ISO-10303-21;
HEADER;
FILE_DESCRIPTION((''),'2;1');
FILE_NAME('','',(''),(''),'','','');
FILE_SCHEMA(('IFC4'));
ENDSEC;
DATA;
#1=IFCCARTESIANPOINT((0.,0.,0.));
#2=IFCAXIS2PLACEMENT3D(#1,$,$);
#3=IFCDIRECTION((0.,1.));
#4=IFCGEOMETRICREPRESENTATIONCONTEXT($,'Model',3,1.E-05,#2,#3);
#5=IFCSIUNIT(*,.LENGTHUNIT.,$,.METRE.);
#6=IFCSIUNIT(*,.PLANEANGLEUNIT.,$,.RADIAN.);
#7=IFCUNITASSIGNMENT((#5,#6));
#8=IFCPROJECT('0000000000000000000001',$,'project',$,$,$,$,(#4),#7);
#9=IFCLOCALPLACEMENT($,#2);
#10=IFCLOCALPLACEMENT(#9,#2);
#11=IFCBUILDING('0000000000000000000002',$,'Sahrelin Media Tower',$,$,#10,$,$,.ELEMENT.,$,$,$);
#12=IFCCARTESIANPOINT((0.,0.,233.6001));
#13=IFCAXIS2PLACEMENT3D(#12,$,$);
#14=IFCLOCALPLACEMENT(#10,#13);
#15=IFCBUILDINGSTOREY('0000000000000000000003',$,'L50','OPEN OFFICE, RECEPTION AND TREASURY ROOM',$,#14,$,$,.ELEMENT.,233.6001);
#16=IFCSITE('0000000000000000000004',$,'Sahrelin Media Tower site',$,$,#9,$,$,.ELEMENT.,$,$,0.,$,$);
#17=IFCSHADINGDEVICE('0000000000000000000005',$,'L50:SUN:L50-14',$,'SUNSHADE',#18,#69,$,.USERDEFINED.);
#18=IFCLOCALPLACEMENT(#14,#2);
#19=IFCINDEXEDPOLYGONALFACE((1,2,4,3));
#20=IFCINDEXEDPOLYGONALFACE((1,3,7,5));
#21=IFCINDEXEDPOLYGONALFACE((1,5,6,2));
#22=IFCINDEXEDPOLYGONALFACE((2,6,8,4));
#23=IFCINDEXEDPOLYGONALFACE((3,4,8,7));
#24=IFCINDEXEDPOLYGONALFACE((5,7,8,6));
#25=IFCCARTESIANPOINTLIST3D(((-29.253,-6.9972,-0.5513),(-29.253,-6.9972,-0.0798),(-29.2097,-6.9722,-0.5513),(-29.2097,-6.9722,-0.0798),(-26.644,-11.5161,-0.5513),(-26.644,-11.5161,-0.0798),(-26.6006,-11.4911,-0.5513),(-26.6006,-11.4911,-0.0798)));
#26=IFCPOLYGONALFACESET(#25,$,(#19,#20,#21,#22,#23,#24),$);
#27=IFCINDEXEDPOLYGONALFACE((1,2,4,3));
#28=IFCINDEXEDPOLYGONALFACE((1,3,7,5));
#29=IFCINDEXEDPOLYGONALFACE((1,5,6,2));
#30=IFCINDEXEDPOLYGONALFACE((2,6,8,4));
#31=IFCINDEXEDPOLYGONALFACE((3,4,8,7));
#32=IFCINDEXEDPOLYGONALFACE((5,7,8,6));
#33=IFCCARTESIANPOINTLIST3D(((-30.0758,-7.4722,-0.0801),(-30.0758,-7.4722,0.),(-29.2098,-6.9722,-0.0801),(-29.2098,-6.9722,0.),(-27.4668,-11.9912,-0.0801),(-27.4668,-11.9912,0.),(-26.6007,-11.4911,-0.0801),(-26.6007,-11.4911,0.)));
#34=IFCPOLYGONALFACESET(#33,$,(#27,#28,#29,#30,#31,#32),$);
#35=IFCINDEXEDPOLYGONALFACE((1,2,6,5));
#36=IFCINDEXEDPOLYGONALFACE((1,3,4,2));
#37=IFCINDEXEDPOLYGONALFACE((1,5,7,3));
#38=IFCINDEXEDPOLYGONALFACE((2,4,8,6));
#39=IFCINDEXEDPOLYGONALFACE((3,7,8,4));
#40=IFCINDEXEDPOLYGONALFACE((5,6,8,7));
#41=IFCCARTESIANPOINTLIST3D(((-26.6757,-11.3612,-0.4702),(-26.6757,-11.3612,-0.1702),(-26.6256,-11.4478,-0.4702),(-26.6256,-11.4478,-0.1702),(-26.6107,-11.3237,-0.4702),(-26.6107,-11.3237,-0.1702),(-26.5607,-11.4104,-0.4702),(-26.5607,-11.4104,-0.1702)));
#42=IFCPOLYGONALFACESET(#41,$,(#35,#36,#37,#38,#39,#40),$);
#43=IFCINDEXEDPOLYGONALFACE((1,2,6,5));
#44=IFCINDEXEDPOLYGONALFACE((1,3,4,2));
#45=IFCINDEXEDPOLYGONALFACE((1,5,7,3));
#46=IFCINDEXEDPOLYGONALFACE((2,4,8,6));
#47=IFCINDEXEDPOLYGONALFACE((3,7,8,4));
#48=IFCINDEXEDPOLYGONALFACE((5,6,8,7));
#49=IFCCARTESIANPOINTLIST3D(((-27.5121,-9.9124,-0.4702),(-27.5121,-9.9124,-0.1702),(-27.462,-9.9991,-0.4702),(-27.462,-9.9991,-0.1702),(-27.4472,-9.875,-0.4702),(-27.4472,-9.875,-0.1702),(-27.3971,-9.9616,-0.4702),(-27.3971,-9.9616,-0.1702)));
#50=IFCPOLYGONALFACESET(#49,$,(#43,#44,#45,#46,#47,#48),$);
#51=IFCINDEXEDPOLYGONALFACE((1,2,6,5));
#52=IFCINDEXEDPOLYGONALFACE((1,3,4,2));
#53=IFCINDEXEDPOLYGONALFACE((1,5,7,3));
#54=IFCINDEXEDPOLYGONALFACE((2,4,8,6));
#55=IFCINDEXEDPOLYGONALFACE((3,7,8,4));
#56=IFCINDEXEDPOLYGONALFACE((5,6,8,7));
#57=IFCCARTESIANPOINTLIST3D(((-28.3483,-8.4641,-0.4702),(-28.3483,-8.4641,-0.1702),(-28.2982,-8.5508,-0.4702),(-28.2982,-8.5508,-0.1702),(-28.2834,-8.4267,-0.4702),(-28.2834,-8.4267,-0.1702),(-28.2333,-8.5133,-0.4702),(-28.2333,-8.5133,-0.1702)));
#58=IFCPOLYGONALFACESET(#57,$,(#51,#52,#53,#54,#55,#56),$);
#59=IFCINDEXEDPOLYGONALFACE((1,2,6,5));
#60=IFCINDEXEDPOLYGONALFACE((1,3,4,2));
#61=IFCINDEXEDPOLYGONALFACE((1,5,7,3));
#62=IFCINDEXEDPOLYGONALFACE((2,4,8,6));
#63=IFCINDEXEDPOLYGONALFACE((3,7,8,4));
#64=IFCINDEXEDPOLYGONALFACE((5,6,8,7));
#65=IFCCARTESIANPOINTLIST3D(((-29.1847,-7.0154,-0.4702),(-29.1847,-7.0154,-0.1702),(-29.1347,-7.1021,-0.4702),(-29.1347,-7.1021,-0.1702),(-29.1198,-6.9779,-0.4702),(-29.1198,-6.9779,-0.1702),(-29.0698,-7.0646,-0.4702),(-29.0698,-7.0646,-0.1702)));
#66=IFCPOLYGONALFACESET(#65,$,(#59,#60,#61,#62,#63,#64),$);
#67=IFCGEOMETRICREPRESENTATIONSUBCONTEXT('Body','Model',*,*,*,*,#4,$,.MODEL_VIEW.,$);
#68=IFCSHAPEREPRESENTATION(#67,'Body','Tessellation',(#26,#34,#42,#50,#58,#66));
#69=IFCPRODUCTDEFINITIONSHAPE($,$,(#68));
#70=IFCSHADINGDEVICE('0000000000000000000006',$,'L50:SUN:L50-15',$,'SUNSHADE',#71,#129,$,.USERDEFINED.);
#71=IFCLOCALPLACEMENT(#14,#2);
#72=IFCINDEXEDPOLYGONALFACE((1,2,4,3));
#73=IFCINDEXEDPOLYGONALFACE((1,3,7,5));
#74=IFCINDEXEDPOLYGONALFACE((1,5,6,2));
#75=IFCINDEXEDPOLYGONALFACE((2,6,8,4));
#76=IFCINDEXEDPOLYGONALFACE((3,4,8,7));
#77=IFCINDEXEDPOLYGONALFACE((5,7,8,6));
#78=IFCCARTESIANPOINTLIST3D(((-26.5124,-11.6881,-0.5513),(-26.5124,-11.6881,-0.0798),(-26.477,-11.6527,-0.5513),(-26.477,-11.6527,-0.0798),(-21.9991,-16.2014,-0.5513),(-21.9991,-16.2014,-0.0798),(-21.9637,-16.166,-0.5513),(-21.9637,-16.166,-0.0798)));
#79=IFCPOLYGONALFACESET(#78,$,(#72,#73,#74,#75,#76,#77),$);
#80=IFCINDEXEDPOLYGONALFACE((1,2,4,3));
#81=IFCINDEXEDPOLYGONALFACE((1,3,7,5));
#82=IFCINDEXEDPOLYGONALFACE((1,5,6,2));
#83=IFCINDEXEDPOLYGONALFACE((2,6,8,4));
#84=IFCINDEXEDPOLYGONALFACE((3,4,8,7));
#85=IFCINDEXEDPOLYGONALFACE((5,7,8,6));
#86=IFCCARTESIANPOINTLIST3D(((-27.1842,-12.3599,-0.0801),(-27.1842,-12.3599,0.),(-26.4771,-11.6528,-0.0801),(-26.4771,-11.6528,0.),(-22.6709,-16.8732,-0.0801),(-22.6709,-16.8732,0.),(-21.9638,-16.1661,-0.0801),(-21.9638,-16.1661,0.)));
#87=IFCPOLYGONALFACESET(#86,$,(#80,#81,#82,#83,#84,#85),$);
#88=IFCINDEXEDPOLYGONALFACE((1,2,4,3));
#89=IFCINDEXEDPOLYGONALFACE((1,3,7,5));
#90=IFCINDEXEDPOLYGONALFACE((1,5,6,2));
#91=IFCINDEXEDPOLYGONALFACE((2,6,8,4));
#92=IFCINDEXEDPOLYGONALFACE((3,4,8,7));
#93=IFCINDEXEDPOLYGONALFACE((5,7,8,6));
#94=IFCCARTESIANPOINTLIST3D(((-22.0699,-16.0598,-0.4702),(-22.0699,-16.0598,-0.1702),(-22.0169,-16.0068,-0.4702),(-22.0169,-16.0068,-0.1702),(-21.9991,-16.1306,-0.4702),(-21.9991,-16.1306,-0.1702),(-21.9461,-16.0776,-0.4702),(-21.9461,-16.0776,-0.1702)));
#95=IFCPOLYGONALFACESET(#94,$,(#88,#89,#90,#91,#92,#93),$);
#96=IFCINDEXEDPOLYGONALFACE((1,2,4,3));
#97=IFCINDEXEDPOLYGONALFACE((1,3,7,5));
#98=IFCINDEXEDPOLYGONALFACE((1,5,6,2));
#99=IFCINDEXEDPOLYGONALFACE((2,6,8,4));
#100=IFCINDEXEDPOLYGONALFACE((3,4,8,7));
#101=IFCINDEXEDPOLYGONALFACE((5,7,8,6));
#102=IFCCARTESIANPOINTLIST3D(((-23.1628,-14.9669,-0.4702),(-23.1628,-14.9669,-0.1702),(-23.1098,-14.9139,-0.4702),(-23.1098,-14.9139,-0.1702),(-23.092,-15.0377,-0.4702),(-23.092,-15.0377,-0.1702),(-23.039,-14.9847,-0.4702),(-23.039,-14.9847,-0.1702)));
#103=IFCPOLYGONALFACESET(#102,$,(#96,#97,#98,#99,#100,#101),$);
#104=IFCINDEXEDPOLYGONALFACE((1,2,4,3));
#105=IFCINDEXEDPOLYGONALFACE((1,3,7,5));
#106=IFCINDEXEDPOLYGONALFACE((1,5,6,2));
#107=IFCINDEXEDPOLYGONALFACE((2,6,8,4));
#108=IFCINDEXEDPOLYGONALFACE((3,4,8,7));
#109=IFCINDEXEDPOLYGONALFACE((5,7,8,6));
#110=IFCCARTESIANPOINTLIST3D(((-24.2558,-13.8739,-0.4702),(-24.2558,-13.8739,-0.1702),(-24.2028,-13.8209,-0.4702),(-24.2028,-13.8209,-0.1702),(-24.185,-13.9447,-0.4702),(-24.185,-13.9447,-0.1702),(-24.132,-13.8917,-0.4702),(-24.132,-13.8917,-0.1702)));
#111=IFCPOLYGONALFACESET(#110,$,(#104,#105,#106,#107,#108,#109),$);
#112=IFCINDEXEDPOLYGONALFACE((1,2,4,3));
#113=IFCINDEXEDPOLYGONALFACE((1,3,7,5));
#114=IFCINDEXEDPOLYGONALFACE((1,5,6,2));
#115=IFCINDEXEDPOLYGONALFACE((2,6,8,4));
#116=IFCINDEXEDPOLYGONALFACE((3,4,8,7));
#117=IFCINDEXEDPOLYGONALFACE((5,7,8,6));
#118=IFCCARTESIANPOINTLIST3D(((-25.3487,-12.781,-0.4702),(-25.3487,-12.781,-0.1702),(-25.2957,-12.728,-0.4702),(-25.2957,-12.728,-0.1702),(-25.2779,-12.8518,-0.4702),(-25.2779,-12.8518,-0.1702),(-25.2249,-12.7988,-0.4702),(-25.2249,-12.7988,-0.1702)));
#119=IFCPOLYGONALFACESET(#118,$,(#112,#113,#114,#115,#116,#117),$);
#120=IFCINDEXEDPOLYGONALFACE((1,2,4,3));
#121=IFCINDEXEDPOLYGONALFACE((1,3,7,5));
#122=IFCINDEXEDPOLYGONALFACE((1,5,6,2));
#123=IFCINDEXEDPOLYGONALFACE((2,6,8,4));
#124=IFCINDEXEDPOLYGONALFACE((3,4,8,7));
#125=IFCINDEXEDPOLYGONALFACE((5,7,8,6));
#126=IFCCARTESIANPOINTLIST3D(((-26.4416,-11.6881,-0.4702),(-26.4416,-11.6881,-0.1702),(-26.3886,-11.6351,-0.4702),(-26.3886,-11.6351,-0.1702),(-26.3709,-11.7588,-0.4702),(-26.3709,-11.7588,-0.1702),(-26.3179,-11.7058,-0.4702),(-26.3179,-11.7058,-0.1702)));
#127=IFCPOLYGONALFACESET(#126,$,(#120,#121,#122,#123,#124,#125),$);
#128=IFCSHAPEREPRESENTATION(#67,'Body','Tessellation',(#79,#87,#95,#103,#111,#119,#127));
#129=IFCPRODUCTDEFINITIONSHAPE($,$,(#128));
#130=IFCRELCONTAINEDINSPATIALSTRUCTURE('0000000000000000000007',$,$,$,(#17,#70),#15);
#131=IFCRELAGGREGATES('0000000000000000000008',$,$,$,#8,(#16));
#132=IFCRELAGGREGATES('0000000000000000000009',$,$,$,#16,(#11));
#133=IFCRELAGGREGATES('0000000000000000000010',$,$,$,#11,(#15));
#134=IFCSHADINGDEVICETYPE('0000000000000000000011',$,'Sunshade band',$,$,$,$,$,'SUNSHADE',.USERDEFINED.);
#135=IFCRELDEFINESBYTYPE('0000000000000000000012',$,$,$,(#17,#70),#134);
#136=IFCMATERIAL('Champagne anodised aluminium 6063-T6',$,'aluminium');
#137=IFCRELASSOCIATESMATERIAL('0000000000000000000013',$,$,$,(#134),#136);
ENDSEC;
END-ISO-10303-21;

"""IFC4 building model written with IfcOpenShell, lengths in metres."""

from ifc_helpers import new_model, si_unit, direction, frame, origin, origin_2d, place, context, subcontext, project, spatial, rectangle, extrude, material, type_object, element, save


model = new_model("IFC4")

# Units and contexts
model_context = context("Model", 3, precision=1e-05, world=origin(), true_north=direction((0.0, 1.0)))
body_context = subcontext(model_context, "Body", "Model", "MODEL_VIEW")
ifc_project = project(units=[si_unit("LENGTHUNIT", "METRE"), si_unit("PLANEANGLEUNIT", "RADIAN")], contexts=[model_context])

# Site, building, storey
site_placement = place(None, origin())
site = spatial("IfcSite", under=ifc_project, at=site_placement, Name="Sahrelin Media Tower site", CompositionType="ELEMENT", RefElevation=0.0)
building_placement = place(site_placement, origin())
building = spatial("IfcBuilding", under=site, at=building_placement, Name="Sahrelin Media Tower", CompositionType="ELEMENT")
storey_placement = place(building_placement, frame((0.0, 0.0, 233.6001)))
storey = spatial("IfcBuildingStorey", under=building, at=storey_placement, Name="L50", Description="OPEN OFFICE, RECEPTION AND TREASURY ROOM", CompositionType="ELEMENT", Elevation=233.6001)

# Shared definitions
ifc_material_1 = material(Name="Champagne anodised aluminium 6063-T6", Category="aluminium")

# Shading devices
placement_1 = place(storey_placement, frame((-27.8879, -9.2217, 0.0), z_axis=(0.0, 0.0, 1.0), x_axis=(-0.500011, 0.866019, 0.0)))
placement_2 = place(storey_placement, frame((-24.2063, -13.8953, 0.0), z_axis=(0.0, 0.0, 1.0), x_axis=(-0.707107, 0.707107, 0.0)))
shading_device_type_1 = type_object("IfcShadingDeviceType", Name="Sunshade band", ElementType="SUNSHADE", PredefinedType="USERDEFINED", material=ifc_material_1)
element("IfcShadingDevice", 1, at=placement_1, inside=storey, type_object=shading_device_type_1, Name="L50:SUN:L50-14", ObjectType="SUNSHADE", PredefinedType="USERDEFINED", context=body_context, shape_type="SweptSolid", body=[
    extrude(rectangle(XDim=5.218, YDim=0.05, at=origin_2d()), frame((0.0, 0.0449, -0.5513)), (0.0, 0.0, 1.0), 0.4714),
    extrude(rectangle(XDim=5.218, YDim=1.0, at=origin_2d()), frame((0.0, 0.52, -0.0801)), (0.0, 0.0, 1.0), 0.0801),
    extrude(rectangle(XDim=0.1001, YDim=0.075, at=origin_2d()), frame((-2.509, -0.0176, -0.4702)), (0.0, 0.0, 1.0), 0.3),
    extrude(rectangle(XDim=0.1001, YDim=0.075, at=origin_2d()), frame((-0.8362, -0.0176, -0.4702)), (0.0, 0.0, 1.0), 0.3),
    extrude(rectangle(XDim=0.1001, YDim=0.075, at=origin_2d()), frame((0.8362, -0.0176, -0.4702)), (0.0, 0.0, 1.0), 0.3),
    extrude(rectangle(XDim=0.1001, YDim=0.075, at=origin_2d()), frame((2.509, -0.0176, -0.4702)), (0.0, 0.0, 1.0), 0.3),
])
element("IfcShadingDevice", 2, at=placement_2, inside=storey, type_object=shading_device_type_1, Name="L50:SUN:L50-15", ObjectType="SUNSHADE", PredefinedType="USERDEFINED", context=body_context, shape_type="SweptSolid", body=[
    extrude(rectangle(XDim=6.3828, YDim=0.05, at=origin_2d()), frame((0.0, 0.0449, -0.5513)), (0.0, 0.0, 1.0), 0.4714),
    extrude(rectangle(XDim=6.3828, YDim=1.0, at=origin_2d()), frame((0.0, 0.52, -0.0801)), (0.0, 0.0, 1.0), 0.0801),
    extrude(rectangle(XDim=0.1001, YDim=0.075, at=origin_2d()), frame((-3.0913, -0.0176, -0.4702)), (0.0, 0.0, 1.0), 0.3),
    extrude(rectangle(XDim=0.1001, YDim=0.075, at=origin_2d()), frame((-1.5457, -0.0176, -0.4702)), (0.0, 0.0, 1.0), 0.3),
    extrude(rectangle(XDim=0.1001, YDim=0.075, at=origin_2d()), frame((0.0, -0.0176, -0.4702)), (0.0, 0.0, 1.0), 0.3),
    extrude(rectangle(XDim=0.1001, YDim=0.075, at=origin_2d()), frame((1.5457, -0.0176, -0.4702)), (0.0, 0.0, 1.0), 0.3),
    extrude(rectangle(XDim=0.1001, YDim=0.075, at=origin_2d()), frame((3.0913, -0.0176, -0.4702)), (0.0, 0.0, 1.0), 0.3),
])

save(model, "model.ifc")
